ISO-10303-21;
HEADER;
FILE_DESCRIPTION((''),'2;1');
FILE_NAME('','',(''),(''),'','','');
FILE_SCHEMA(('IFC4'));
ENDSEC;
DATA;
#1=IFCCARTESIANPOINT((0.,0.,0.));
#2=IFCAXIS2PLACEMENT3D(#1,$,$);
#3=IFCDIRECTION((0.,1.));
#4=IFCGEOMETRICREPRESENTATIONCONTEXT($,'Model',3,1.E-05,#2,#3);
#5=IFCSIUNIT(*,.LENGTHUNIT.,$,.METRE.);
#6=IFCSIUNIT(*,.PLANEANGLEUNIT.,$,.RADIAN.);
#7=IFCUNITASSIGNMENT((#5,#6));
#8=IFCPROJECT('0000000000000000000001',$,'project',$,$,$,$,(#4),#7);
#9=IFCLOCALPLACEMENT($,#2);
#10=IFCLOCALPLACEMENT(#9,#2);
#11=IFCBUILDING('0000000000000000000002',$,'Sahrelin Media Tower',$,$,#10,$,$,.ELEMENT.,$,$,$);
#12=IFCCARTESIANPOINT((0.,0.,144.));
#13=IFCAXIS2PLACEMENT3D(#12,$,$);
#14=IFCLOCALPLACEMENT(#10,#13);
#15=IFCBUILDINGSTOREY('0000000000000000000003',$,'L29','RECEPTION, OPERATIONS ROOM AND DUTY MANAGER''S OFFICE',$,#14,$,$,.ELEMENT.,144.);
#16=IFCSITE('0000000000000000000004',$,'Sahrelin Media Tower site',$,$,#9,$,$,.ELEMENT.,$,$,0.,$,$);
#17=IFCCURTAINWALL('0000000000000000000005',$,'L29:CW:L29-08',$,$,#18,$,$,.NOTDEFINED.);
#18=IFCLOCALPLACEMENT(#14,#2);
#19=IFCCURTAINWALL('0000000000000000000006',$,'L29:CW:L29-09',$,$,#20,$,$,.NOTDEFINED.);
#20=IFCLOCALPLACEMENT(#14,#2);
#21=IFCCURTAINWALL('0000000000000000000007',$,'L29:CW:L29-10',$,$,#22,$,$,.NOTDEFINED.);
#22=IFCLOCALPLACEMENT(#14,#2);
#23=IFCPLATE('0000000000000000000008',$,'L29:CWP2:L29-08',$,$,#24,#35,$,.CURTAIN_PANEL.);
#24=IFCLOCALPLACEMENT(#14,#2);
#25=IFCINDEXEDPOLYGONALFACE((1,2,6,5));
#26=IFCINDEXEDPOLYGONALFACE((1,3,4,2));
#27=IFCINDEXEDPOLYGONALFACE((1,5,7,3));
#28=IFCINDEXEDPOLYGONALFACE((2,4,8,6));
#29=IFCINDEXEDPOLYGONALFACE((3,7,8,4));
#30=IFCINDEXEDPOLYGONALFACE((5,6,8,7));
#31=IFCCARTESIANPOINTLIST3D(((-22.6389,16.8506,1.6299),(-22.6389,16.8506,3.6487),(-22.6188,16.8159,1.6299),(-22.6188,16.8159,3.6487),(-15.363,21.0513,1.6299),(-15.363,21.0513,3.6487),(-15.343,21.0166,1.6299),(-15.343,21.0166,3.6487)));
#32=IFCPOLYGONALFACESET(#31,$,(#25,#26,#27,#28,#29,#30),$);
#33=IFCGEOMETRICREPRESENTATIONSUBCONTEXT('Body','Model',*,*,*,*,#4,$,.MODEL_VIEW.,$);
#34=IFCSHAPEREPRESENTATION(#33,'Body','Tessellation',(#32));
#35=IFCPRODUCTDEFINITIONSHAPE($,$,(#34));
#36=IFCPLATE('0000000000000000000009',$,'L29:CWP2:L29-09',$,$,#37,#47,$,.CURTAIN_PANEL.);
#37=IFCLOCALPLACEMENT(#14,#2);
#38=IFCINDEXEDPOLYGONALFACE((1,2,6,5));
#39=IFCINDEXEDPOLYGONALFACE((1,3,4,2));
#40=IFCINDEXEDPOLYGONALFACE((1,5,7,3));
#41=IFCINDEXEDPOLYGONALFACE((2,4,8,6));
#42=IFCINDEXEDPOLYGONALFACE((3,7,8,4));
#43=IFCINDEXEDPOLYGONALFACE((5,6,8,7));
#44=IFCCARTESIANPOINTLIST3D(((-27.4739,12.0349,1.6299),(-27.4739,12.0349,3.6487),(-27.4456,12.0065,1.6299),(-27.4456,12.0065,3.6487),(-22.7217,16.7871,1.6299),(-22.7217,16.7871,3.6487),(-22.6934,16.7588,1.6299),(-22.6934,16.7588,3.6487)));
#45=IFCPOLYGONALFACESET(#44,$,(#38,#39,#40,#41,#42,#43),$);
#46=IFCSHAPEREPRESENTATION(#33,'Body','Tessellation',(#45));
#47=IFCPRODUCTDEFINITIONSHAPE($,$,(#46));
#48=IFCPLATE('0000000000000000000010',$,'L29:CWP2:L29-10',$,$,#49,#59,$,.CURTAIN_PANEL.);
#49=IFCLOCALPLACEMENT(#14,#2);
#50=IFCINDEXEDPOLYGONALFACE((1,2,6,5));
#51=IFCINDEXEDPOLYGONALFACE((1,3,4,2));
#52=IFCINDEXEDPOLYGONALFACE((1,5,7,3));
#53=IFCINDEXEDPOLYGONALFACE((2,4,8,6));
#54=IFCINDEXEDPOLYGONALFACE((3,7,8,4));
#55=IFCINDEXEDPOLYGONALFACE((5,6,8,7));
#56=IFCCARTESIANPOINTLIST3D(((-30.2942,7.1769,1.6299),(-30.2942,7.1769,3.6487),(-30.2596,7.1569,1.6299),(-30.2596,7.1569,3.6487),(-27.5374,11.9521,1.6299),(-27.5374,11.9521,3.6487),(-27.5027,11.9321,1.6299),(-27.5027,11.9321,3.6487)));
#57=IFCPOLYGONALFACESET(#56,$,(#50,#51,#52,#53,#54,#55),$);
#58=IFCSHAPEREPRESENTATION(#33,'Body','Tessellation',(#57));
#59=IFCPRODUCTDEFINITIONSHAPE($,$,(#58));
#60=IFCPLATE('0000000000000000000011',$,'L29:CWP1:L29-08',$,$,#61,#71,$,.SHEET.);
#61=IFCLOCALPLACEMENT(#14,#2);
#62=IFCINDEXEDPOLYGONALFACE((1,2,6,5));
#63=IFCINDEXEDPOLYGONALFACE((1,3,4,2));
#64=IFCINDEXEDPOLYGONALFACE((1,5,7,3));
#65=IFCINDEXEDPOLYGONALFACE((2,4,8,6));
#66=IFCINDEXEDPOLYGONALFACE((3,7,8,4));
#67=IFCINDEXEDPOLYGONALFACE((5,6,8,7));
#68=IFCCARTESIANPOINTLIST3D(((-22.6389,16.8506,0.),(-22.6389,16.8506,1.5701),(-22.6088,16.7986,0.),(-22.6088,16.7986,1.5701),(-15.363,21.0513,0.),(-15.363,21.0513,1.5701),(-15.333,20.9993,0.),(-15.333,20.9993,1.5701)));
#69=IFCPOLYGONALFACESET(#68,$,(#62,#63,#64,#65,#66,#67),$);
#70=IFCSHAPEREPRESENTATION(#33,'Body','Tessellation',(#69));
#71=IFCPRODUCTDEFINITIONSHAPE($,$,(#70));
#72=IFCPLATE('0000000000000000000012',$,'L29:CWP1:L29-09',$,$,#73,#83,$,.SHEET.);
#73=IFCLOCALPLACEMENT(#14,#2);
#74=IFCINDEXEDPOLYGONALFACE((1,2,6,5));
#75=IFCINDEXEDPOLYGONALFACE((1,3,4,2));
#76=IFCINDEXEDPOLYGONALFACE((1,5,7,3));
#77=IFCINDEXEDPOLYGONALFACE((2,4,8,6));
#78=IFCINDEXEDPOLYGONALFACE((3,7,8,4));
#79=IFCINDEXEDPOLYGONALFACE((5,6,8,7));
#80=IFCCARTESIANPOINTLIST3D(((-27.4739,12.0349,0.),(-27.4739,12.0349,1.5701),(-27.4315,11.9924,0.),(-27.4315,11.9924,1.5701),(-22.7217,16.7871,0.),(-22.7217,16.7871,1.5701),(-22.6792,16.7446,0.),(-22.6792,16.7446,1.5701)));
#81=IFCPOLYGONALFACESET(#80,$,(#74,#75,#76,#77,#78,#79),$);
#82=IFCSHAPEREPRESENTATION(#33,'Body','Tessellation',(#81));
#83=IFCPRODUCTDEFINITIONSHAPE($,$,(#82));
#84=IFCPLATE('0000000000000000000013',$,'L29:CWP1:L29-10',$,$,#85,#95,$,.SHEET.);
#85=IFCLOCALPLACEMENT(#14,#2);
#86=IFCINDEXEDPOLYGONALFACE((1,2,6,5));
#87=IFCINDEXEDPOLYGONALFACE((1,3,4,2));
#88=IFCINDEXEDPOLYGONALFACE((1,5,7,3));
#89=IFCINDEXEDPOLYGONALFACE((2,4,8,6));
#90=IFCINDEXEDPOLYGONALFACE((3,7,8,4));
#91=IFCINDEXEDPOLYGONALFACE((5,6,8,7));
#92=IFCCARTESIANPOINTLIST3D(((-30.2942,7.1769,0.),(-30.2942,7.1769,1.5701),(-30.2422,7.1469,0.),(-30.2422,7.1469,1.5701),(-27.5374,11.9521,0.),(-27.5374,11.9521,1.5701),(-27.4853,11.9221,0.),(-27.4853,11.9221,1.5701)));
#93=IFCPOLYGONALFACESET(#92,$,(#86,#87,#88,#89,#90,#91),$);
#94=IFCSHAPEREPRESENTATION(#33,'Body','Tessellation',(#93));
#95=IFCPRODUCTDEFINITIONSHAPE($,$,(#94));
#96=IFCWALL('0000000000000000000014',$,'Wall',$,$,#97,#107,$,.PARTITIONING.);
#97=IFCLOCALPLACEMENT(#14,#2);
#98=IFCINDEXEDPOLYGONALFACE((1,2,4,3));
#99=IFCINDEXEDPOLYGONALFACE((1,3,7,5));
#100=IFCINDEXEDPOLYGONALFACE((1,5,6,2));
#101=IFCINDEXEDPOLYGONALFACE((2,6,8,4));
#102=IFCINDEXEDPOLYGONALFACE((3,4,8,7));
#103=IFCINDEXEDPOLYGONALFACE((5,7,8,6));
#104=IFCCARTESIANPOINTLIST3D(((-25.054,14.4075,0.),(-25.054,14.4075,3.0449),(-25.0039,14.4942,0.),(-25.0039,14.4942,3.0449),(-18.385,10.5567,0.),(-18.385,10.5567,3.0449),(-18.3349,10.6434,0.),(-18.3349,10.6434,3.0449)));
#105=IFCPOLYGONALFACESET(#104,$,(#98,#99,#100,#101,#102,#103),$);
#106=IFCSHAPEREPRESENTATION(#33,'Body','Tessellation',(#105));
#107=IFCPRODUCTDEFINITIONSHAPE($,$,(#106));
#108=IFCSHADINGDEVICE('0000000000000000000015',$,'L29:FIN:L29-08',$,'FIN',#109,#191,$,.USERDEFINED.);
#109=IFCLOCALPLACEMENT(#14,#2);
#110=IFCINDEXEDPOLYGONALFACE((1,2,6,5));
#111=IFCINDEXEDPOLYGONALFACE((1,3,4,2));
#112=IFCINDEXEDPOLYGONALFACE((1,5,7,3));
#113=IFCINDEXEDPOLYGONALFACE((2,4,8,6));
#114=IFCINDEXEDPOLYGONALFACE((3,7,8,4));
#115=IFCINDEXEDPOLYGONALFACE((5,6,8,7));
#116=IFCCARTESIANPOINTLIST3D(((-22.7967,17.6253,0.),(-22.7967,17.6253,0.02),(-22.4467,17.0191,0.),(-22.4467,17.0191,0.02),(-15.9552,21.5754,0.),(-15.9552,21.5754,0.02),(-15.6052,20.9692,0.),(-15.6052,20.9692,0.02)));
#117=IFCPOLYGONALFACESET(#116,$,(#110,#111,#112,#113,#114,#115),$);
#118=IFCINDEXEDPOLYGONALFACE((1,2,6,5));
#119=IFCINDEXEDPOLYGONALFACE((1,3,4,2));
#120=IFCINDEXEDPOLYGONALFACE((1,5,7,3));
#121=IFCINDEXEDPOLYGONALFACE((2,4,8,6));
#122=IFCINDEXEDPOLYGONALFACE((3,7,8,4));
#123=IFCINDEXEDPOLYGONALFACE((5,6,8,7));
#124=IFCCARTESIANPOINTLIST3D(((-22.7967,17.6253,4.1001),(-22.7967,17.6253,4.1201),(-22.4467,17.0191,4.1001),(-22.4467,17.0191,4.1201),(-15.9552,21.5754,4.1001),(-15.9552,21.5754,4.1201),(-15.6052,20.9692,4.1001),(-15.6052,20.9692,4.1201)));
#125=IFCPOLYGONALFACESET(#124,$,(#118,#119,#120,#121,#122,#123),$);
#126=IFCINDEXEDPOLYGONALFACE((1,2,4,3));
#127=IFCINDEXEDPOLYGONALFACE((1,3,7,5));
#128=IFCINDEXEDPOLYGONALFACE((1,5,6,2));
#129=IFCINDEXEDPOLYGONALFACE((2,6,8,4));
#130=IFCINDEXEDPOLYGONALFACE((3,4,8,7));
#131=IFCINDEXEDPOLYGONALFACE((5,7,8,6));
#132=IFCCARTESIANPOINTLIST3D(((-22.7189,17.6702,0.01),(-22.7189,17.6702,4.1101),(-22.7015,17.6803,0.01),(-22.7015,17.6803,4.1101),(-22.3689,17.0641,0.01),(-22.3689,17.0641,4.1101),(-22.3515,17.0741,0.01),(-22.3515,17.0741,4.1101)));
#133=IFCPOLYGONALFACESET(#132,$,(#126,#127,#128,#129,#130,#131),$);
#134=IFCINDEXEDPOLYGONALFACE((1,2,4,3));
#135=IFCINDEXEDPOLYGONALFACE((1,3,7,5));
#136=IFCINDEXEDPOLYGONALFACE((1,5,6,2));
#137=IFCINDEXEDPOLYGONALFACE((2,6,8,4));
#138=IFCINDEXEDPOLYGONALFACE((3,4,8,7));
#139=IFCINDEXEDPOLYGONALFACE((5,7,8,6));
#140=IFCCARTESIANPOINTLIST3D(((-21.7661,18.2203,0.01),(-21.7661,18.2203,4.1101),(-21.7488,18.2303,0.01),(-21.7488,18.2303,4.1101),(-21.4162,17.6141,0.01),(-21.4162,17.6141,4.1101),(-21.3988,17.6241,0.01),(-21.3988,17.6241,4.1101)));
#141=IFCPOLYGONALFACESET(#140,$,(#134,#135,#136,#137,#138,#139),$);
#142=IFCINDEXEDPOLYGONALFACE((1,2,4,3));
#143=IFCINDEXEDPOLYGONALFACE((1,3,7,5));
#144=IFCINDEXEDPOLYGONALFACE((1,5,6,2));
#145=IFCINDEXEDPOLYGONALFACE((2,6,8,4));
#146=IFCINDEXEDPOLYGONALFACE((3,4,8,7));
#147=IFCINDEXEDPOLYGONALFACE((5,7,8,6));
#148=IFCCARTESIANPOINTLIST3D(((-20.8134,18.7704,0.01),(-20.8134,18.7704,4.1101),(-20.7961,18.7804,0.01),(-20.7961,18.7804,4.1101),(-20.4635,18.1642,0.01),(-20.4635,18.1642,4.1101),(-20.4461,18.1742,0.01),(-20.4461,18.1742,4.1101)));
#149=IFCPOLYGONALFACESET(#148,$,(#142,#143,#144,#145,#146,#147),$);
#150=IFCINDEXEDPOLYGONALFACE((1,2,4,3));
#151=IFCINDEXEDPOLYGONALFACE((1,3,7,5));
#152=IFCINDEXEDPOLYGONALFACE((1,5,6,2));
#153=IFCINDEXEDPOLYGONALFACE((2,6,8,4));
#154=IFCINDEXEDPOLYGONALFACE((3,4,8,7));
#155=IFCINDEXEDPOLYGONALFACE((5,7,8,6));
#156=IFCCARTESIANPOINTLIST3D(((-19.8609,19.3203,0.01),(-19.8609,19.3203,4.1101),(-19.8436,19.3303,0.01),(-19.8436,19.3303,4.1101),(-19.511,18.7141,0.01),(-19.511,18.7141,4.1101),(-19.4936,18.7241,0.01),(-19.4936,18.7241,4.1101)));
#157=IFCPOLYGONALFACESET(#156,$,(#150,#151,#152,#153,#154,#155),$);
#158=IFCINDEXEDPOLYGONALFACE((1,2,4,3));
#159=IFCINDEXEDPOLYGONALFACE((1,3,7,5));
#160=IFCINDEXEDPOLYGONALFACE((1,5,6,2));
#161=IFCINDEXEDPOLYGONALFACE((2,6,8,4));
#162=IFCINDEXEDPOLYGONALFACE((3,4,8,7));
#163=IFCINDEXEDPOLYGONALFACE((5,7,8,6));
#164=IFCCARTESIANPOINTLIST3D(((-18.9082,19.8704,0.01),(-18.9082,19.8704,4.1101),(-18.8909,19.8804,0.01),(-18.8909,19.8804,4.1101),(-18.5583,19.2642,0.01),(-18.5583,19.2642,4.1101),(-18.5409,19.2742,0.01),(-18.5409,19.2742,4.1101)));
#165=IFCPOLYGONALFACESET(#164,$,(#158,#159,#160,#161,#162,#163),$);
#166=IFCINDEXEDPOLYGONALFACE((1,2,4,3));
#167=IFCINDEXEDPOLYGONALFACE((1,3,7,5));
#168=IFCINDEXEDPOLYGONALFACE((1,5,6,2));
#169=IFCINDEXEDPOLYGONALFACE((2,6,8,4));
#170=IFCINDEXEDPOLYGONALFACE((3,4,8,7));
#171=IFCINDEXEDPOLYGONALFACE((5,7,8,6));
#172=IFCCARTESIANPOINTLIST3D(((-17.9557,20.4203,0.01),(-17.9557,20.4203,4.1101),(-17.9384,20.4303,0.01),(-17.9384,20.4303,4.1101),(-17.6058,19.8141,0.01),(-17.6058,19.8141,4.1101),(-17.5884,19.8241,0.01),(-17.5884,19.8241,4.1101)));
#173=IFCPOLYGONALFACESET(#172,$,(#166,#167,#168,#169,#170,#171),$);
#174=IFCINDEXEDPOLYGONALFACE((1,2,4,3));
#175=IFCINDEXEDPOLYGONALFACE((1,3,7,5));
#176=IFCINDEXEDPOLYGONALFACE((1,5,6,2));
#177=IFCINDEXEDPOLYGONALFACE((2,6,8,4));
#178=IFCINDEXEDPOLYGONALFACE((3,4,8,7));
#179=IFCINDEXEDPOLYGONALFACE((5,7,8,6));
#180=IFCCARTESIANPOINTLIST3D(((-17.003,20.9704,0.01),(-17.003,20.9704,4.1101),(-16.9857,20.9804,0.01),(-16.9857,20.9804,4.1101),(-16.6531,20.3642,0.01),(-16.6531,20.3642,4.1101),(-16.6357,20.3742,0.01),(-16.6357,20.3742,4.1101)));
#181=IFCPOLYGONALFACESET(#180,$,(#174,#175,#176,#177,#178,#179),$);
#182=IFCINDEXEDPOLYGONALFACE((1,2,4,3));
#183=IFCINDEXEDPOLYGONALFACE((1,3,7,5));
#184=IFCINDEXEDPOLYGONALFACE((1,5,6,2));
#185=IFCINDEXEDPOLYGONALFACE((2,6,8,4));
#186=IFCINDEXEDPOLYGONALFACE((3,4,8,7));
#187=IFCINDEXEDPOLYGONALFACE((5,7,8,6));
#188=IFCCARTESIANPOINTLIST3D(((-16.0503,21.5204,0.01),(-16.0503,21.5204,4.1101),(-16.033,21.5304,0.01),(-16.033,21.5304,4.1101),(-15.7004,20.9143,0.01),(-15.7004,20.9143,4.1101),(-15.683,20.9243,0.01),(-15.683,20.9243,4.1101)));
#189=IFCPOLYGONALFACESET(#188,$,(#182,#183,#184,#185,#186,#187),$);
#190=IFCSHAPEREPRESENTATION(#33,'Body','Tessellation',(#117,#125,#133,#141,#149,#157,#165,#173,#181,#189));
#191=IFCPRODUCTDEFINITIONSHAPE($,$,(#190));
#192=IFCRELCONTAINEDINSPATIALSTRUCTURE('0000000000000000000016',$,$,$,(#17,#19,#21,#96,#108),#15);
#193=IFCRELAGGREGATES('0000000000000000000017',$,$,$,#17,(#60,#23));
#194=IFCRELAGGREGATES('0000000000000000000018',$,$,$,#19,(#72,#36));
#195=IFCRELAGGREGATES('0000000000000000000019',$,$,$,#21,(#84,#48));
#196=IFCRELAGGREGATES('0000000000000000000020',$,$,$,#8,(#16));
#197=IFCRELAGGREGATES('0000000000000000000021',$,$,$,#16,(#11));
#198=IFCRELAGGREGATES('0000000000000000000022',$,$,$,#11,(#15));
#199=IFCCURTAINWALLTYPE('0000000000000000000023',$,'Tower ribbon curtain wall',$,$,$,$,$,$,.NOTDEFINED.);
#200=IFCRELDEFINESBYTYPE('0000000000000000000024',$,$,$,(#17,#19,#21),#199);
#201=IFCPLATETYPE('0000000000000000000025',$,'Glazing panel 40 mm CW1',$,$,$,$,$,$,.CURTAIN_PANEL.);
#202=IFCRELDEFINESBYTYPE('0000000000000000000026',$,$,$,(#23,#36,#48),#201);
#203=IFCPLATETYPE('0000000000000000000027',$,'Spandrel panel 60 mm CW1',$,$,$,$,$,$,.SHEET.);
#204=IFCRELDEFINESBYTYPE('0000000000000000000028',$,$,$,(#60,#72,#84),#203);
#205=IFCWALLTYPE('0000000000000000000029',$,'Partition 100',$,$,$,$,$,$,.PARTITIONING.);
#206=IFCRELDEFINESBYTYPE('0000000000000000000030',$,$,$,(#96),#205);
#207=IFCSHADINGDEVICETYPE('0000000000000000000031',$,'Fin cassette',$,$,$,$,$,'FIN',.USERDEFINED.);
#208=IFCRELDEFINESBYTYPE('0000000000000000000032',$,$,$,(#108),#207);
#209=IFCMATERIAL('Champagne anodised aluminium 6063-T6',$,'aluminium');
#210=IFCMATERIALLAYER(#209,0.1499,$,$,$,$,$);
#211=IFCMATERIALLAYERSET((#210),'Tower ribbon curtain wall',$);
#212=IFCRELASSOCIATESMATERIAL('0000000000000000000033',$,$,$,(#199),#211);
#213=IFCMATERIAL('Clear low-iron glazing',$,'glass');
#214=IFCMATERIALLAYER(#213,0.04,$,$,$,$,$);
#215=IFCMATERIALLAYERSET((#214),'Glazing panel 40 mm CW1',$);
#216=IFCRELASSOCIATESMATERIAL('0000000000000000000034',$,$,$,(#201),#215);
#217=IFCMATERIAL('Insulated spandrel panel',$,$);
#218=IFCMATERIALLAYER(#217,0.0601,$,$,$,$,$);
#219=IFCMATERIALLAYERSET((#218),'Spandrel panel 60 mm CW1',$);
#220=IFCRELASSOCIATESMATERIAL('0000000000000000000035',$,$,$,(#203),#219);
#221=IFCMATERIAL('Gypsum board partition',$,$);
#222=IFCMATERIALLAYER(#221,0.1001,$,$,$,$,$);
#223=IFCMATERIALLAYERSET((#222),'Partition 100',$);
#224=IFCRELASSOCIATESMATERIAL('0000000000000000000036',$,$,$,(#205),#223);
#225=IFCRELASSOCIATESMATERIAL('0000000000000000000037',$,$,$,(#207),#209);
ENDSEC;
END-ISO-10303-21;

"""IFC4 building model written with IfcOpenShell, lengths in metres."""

from ifc_helpers import new_model, si_unit, direction, frame, frame_2d, origin, origin_2d, place, context, subcontext, project, spatial, polyline, rectangle, outline, extrude, material, layer, layer_set, type_object, element, aggregate, save


model = new_model("IFC4")

# Units and contexts
model_context = context("Model", 3, precision=1e-05, world=origin(), true_north=direction((0.0, 1.0)))
body_context = subcontext(model_context, "Body", "Model", "MODEL_VIEW")
ifc_project = project(units=[si_unit("LENGTHUNIT", "METRE"), si_unit("PLANEANGLEUNIT", "RADIAN")], contexts=[model_context])

# Site, building, storey
site_placement = place(None, origin())
site = spatial("IfcSite", under=ifc_project, at=site_placement, Name="Sahrelin Media Tower site", CompositionType="ELEMENT", RefElevation=0.0)
building_placement = place(site_placement, origin())
building = spatial("IfcBuilding", under=site, at=building_placement, Name="Sahrelin Media Tower", CompositionType="ELEMENT")
storey_placement = place(building_placement, frame((0.0, 0.0, 144.0)))
storey = spatial("IfcBuildingStorey", under=building, at=storey_placement, Name="L29", Description="RECEPTION, OPERATIONS ROOM AND DUTY MANAGER'S OFFICE", CompositionType="ELEMENT", Elevation=144.0)

# Curtain walls
ifc_material_1 = material(Name="Champagne anodised aluminium 6063-T6", Category="aluminium")
ifc_layer_1 = layer(ifc_material_1, 0.1499)
ifc_layer_set_1 = layer_set([ifc_layer_1], Name="Tower ribbon curtain wall")
curtain_wall_type = type_object("IfcCurtainWallType", Name="Tower ribbon curtain wall", PredefinedType="NOTDEFINED", material=ifc_layer_set_1)
curtain_wall_1_placement = place(storey_placement, frame((-18.991, 18.9336, 0.0), z_axis=(0.0, 0.0, 1.0), x_axis=(1.0, 0.0, 0.0)))
curtain_wall_1 = element("IfcCurtainWall", 1, at=curtain_wall_1_placement, inside=storey, type_object=curtain_wall_type, Name="L29:CW:L29-08", PredefinedType="NOTDEFINED")
curtain_wall_2_placement = place(storey_placement, frame((-25.0835, 14.3967, 0.0), z_axis=(0.0, 0.0, 1.0), x_axis=(1.0, 0.0, 0.0)))
curtain_wall_2 = element("IfcCurtainWall", 2, at=curtain_wall_2_placement, inside=storey, type_object=curtain_wall_type, Name="L29:CW:L29-09", PredefinedType="NOTDEFINED")

# Curtain wall
curtain_wall_3_placement = place(storey_placement, frame((-28.8984, 9.5547, 0.0), z_axis=(0.0, 0.0, 1.0), x_axis=(1.0, 0.0, 0.0)))
curtain_wall_3 = element("IfcCurtainWall", 3, at=curtain_wall_3_placement, inside=storey, type_object=curtain_wall_type, Name="L29:CW:L29-10", PredefinedType="NOTDEFINED")

# Plates
ifc_material_2 = material(Name="Clear low-iron glazing", Category="glass")
ifc_layer_2 = layer(ifc_material_2, 0.04)
ifc_layer_set_2 = layer_set([ifc_layer_2], Name="Glazing panel 40 mm CW1")
plate_type_1 = type_object("IfcPlateType", Name="Glazing panel 40 mm CW1", PredefinedType="CURTAIN_PANEL", material=ifc_layer_set_2)
plate_1_placement = place(storey_placement, frame((-15.363, 21.0513, 1.6299), z_axis=(-0.499996, 0.866028, 0.0), x_axis=(-0.866028, -0.499996, 0.0)))
plate_1 = element("IfcPlate", 4, at=plate_1_placement, type_object=plate_type_1, Name="L29:CWP2:L29-08", PredefinedType="CURTAIN_PANEL", context=body_context, shape_type="SweptSolid", body=[
    extrude(outline(polyline([(0.0, 0.0), (8.4014, 0.0), (8.4014, 2.0188), (0.0, 2.0188), (0.0, 0.0)])), origin(), (0.0, 0.0, -1.0), 0.04),
])
plate_2_placement = place(storey_placement, frame((-22.7217, 16.7871, 1.6299), z_axis=(-0.707107, 0.707107, 0.0), x_axis=(-0.707107, -0.707107, 0.0)))
plate_2 = element("IfcPlate", 5, at=plate_2_placement, type_object=plate_type_1, Name="L29:CWP2:L29-09", PredefinedType="CURTAIN_PANEL", context=body_context, shape_type="SweptSolid", body=[
    extrude(outline(polyline([(0.0, 0.0), (6.7207, 0.0), (6.7207, 2.0188), (0.0, 2.0188), (0.0, 0.0)])), origin(), (0.0, 0.0, -1.0), 0.04),
])
plate_3_placement = place(storey_placement, frame((-27.5374, 11.9521, 1.6299), z_axis=(-0.866033, 0.499987, 0.0), x_axis=(-0.499987, -0.866033, 0.0)))
plate_3 = element("IfcPlate", 6, at=plate_3_placement, type_object=plate_type_1, Name="L29:CWP2:L29-10", PredefinedType="CURTAIN_PANEL", context=body_context, shape_type="SweptSolid", body=[
    extrude(outline(polyline([(0.0, 0.0), (5.5139, 0.0), (5.5139, 2.0188), (0.0, 2.0188), (0.0, 0.0)])), origin(), (0.0, 0.0, -1.0), 0.04),
])
ifc_material_3 = material(Name="Insulated spandrel panel")
ifc_layer_3 = layer(ifc_material_3, 0.0601)
ifc_layer_set_3 = layer_set([ifc_layer_3], Name="Spandrel panel 60 mm CW1")
plate_type_2 = type_object("IfcPlateType", Name="Spandrel panel 60 mm CW1", PredefinedType="SHEET", material=ifc_layer_set_3)
plate_4_placement = place(storey_placement, frame((-15.363, 21.0513, 0.0), z_axis=(-0.499996, 0.866028, 0.0), x_axis=(-0.866028, -0.499996, 0.0)))
plate_4 = element("IfcPlate", 7, at=plate_4_placement, type_object=plate_type_2, Name="L29:CWP1:L29-08", PredefinedType="SHEET", context=body_context, shape_type="SweptSolid", body=[
    extrude(outline(polyline([(0.0, 0.0), (8.4014, 0.0), (8.4014, 1.5701), (0.0, 1.5701), (0.0, 0.0)])), origin(), (0.0, 0.0, -1.0), 0.0601),
])
aggregate(curtain_wall_1, [plate_4, plate_1])
plate_5_placement = place(storey_placement, frame((-22.7217, 16.7871, 0.0), z_axis=(-0.707107, 0.707107, 0.0), x_axis=(-0.707107, -0.707107, 0.0)))
plate_5 = element("IfcPlate", 8, at=plate_5_placement, type_object=plate_type_2, Name="L29:CWP1:L29-09", PredefinedType="SHEET", context=body_context, shape_type="SweptSolid", body=[
    extrude(outline(polyline([(0.0, 0.0), (6.7207, 0.0), (6.7207, 1.5701), (0.0, 1.5701), (0.0, 0.0)])), origin(), (0.0, 0.0, -1.0), 0.0601),
])
aggregate(curtain_wall_2, [plate_5, plate_2])
plate_6_placement = place(storey_placement, frame((-27.5374, 11.9521, 0.0), z_axis=(-0.866033, 0.499987, 0.0), x_axis=(-0.499987, -0.866033, 0.0)))
plate_6 = element("IfcPlate", 9, at=plate_6_placement, type_object=plate_type_2, Name="L29:CWP1:L29-10", PredefinedType="SHEET", context=body_context, shape_type="SweptSolid", body=[
    extrude(outline(polyline([(0.0, 0.0), (5.5139, 0.0), (5.5139, 1.5701), (0.0, 1.5701), (0.0, 0.0)])), origin(), (0.0, 0.0, -1.0), 0.0601),
])
aggregate(curtain_wall_3, [plate_6, plate_3])

# Wall
ifc_material_4 = material(Name="Gypsum board partition")
ifc_layer_4 = layer(ifc_material_4, 0.1001)
ifc_layer_set_4 = layer_set([ifc_layer_4], Name="Partition 100")
wall_type = type_object("IfcWallType", Name="Partition 100", PredefinedType="PARTITIONING", material=ifc_layer_set_4)
wall_placement = place(storey_placement, frame((-25.0291, 14.4509, 0.0), z_axis=(0.0, 0.0, 1.0), x_axis=(0.865997, -0.50005, 0.0)))
element("IfcWall", 10, at=wall_placement, inside=storey, type_object=wall_type, Name="Wall", PredefinedType="PARTITIONING", context=body_context, shape_type="SweptSolid", body=[
    extrude(rectangle(XDim=7.7009, YDim=0.1001, at=frame_2d((3.8506, 0.0))), origin(), (0.0, 0.0, 1.0), 3.0449),
])

# Shading device
shading_device_type_1 = type_object("IfcShadingDeviceType", Name="Fin cassette", ElementType="FIN", PredefinedType="USERDEFINED", material=ifc_material_1)
placement_1 = place(storey_placement, frame((-18.991, 18.9336, 0.0), z_axis=(0.0, 0.0, 1.0), x_axis=(0.866019, 0.500011, 0.0)))
element("IfcShadingDevice", 11, at=placement_1, inside=storey, type_object=shading_device_type_1, Name="L29:FIN:L29-08", ObjectType="FIN", PredefinedType="USERDEFINED", context=body_context, shape_type="SweptSolid", body=[
    extrude(rectangle(XDim=7.8999, YDim=0.7, at=origin_2d()), frame((0.0, 0.4199, 0.0)), (0.0, 0.0, 1.0), 0.02),
    extrude(rectangle(XDim=7.8999, YDim=0.7, at=origin_2d()), frame((0.0, 0.4199, 4.1001)), (0.0, 0.0, 1.0), 0.02),
    extrude(rectangle(XDim=0.02, YDim=0.7, at=origin_2d()), frame((-3.8501, 0.4199, 0.01), z_axis=(0.0, 0.0, 1.0), x_axis=(1.0, 0.0, 0.0)), (0.0, 0.0, 1.0), 4.1001),
    extrude(rectangle(XDim=0.02, YDim=0.7, at=origin_2d()), frame((-2.75, 0.4199, 0.01), z_axis=(0.0, 0.0, 1.0), x_axis=(1.0, 0.0, 0.0)), (0.0, 0.0, 1.0), 4.1001),
    extrude(rectangle(XDim=0.02, YDim=0.7, at=origin_2d()), frame((-1.6499, 0.4199, 0.01), z_axis=(0.0, 0.0, 1.0), x_axis=(1.0, 0.0, 0.0)), (0.0, 0.0, 1.0), 4.1001),
    extrude(rectangle(XDim=0.02, YDim=0.7, at=origin_2d()), frame((-0.55, 0.4199, 0.01), z_axis=(0.0, 0.0, 1.0), x_axis=(1.0, 0.0, 0.0)), (0.0, 0.0, 1.0), 4.1001),
    extrude(rectangle(XDim=0.02, YDim=0.7, at=origin_2d()), frame((0.55, 0.4199, 0.01), z_axis=(0.0, 0.0, 1.0), x_axis=(1.0, 0.0, 0.0)), (0.0, 0.0, 1.0), 4.1001),
    extrude(rectangle(XDim=0.02, YDim=0.7, at=origin_2d()), frame((1.6499, 0.4199, 0.01), z_axis=(0.0, 0.0, 1.0), x_axis=(1.0, 0.0, 0.0)), (0.0, 0.0, 1.0), 4.1001),
    extrude(rectangle(XDim=0.02, YDim=0.7, at=origin_2d()), frame((2.75, 0.4199, 0.01), z_axis=(0.0, 0.0, 1.0), x_axis=(1.0, 0.0, 0.0)), (0.0, 0.0, 1.0), 4.1001),
    extrude(rectangle(XDim=0.02, YDim=0.7, at=origin_2d()), frame((3.8501, 0.4199, 0.01), z_axis=(0.0, 0.0, 1.0), x_axis=(1.0, 0.0, 0.0)), (0.0, 0.0, 1.0), 4.1001),
])

save(model, "model.ifc")
